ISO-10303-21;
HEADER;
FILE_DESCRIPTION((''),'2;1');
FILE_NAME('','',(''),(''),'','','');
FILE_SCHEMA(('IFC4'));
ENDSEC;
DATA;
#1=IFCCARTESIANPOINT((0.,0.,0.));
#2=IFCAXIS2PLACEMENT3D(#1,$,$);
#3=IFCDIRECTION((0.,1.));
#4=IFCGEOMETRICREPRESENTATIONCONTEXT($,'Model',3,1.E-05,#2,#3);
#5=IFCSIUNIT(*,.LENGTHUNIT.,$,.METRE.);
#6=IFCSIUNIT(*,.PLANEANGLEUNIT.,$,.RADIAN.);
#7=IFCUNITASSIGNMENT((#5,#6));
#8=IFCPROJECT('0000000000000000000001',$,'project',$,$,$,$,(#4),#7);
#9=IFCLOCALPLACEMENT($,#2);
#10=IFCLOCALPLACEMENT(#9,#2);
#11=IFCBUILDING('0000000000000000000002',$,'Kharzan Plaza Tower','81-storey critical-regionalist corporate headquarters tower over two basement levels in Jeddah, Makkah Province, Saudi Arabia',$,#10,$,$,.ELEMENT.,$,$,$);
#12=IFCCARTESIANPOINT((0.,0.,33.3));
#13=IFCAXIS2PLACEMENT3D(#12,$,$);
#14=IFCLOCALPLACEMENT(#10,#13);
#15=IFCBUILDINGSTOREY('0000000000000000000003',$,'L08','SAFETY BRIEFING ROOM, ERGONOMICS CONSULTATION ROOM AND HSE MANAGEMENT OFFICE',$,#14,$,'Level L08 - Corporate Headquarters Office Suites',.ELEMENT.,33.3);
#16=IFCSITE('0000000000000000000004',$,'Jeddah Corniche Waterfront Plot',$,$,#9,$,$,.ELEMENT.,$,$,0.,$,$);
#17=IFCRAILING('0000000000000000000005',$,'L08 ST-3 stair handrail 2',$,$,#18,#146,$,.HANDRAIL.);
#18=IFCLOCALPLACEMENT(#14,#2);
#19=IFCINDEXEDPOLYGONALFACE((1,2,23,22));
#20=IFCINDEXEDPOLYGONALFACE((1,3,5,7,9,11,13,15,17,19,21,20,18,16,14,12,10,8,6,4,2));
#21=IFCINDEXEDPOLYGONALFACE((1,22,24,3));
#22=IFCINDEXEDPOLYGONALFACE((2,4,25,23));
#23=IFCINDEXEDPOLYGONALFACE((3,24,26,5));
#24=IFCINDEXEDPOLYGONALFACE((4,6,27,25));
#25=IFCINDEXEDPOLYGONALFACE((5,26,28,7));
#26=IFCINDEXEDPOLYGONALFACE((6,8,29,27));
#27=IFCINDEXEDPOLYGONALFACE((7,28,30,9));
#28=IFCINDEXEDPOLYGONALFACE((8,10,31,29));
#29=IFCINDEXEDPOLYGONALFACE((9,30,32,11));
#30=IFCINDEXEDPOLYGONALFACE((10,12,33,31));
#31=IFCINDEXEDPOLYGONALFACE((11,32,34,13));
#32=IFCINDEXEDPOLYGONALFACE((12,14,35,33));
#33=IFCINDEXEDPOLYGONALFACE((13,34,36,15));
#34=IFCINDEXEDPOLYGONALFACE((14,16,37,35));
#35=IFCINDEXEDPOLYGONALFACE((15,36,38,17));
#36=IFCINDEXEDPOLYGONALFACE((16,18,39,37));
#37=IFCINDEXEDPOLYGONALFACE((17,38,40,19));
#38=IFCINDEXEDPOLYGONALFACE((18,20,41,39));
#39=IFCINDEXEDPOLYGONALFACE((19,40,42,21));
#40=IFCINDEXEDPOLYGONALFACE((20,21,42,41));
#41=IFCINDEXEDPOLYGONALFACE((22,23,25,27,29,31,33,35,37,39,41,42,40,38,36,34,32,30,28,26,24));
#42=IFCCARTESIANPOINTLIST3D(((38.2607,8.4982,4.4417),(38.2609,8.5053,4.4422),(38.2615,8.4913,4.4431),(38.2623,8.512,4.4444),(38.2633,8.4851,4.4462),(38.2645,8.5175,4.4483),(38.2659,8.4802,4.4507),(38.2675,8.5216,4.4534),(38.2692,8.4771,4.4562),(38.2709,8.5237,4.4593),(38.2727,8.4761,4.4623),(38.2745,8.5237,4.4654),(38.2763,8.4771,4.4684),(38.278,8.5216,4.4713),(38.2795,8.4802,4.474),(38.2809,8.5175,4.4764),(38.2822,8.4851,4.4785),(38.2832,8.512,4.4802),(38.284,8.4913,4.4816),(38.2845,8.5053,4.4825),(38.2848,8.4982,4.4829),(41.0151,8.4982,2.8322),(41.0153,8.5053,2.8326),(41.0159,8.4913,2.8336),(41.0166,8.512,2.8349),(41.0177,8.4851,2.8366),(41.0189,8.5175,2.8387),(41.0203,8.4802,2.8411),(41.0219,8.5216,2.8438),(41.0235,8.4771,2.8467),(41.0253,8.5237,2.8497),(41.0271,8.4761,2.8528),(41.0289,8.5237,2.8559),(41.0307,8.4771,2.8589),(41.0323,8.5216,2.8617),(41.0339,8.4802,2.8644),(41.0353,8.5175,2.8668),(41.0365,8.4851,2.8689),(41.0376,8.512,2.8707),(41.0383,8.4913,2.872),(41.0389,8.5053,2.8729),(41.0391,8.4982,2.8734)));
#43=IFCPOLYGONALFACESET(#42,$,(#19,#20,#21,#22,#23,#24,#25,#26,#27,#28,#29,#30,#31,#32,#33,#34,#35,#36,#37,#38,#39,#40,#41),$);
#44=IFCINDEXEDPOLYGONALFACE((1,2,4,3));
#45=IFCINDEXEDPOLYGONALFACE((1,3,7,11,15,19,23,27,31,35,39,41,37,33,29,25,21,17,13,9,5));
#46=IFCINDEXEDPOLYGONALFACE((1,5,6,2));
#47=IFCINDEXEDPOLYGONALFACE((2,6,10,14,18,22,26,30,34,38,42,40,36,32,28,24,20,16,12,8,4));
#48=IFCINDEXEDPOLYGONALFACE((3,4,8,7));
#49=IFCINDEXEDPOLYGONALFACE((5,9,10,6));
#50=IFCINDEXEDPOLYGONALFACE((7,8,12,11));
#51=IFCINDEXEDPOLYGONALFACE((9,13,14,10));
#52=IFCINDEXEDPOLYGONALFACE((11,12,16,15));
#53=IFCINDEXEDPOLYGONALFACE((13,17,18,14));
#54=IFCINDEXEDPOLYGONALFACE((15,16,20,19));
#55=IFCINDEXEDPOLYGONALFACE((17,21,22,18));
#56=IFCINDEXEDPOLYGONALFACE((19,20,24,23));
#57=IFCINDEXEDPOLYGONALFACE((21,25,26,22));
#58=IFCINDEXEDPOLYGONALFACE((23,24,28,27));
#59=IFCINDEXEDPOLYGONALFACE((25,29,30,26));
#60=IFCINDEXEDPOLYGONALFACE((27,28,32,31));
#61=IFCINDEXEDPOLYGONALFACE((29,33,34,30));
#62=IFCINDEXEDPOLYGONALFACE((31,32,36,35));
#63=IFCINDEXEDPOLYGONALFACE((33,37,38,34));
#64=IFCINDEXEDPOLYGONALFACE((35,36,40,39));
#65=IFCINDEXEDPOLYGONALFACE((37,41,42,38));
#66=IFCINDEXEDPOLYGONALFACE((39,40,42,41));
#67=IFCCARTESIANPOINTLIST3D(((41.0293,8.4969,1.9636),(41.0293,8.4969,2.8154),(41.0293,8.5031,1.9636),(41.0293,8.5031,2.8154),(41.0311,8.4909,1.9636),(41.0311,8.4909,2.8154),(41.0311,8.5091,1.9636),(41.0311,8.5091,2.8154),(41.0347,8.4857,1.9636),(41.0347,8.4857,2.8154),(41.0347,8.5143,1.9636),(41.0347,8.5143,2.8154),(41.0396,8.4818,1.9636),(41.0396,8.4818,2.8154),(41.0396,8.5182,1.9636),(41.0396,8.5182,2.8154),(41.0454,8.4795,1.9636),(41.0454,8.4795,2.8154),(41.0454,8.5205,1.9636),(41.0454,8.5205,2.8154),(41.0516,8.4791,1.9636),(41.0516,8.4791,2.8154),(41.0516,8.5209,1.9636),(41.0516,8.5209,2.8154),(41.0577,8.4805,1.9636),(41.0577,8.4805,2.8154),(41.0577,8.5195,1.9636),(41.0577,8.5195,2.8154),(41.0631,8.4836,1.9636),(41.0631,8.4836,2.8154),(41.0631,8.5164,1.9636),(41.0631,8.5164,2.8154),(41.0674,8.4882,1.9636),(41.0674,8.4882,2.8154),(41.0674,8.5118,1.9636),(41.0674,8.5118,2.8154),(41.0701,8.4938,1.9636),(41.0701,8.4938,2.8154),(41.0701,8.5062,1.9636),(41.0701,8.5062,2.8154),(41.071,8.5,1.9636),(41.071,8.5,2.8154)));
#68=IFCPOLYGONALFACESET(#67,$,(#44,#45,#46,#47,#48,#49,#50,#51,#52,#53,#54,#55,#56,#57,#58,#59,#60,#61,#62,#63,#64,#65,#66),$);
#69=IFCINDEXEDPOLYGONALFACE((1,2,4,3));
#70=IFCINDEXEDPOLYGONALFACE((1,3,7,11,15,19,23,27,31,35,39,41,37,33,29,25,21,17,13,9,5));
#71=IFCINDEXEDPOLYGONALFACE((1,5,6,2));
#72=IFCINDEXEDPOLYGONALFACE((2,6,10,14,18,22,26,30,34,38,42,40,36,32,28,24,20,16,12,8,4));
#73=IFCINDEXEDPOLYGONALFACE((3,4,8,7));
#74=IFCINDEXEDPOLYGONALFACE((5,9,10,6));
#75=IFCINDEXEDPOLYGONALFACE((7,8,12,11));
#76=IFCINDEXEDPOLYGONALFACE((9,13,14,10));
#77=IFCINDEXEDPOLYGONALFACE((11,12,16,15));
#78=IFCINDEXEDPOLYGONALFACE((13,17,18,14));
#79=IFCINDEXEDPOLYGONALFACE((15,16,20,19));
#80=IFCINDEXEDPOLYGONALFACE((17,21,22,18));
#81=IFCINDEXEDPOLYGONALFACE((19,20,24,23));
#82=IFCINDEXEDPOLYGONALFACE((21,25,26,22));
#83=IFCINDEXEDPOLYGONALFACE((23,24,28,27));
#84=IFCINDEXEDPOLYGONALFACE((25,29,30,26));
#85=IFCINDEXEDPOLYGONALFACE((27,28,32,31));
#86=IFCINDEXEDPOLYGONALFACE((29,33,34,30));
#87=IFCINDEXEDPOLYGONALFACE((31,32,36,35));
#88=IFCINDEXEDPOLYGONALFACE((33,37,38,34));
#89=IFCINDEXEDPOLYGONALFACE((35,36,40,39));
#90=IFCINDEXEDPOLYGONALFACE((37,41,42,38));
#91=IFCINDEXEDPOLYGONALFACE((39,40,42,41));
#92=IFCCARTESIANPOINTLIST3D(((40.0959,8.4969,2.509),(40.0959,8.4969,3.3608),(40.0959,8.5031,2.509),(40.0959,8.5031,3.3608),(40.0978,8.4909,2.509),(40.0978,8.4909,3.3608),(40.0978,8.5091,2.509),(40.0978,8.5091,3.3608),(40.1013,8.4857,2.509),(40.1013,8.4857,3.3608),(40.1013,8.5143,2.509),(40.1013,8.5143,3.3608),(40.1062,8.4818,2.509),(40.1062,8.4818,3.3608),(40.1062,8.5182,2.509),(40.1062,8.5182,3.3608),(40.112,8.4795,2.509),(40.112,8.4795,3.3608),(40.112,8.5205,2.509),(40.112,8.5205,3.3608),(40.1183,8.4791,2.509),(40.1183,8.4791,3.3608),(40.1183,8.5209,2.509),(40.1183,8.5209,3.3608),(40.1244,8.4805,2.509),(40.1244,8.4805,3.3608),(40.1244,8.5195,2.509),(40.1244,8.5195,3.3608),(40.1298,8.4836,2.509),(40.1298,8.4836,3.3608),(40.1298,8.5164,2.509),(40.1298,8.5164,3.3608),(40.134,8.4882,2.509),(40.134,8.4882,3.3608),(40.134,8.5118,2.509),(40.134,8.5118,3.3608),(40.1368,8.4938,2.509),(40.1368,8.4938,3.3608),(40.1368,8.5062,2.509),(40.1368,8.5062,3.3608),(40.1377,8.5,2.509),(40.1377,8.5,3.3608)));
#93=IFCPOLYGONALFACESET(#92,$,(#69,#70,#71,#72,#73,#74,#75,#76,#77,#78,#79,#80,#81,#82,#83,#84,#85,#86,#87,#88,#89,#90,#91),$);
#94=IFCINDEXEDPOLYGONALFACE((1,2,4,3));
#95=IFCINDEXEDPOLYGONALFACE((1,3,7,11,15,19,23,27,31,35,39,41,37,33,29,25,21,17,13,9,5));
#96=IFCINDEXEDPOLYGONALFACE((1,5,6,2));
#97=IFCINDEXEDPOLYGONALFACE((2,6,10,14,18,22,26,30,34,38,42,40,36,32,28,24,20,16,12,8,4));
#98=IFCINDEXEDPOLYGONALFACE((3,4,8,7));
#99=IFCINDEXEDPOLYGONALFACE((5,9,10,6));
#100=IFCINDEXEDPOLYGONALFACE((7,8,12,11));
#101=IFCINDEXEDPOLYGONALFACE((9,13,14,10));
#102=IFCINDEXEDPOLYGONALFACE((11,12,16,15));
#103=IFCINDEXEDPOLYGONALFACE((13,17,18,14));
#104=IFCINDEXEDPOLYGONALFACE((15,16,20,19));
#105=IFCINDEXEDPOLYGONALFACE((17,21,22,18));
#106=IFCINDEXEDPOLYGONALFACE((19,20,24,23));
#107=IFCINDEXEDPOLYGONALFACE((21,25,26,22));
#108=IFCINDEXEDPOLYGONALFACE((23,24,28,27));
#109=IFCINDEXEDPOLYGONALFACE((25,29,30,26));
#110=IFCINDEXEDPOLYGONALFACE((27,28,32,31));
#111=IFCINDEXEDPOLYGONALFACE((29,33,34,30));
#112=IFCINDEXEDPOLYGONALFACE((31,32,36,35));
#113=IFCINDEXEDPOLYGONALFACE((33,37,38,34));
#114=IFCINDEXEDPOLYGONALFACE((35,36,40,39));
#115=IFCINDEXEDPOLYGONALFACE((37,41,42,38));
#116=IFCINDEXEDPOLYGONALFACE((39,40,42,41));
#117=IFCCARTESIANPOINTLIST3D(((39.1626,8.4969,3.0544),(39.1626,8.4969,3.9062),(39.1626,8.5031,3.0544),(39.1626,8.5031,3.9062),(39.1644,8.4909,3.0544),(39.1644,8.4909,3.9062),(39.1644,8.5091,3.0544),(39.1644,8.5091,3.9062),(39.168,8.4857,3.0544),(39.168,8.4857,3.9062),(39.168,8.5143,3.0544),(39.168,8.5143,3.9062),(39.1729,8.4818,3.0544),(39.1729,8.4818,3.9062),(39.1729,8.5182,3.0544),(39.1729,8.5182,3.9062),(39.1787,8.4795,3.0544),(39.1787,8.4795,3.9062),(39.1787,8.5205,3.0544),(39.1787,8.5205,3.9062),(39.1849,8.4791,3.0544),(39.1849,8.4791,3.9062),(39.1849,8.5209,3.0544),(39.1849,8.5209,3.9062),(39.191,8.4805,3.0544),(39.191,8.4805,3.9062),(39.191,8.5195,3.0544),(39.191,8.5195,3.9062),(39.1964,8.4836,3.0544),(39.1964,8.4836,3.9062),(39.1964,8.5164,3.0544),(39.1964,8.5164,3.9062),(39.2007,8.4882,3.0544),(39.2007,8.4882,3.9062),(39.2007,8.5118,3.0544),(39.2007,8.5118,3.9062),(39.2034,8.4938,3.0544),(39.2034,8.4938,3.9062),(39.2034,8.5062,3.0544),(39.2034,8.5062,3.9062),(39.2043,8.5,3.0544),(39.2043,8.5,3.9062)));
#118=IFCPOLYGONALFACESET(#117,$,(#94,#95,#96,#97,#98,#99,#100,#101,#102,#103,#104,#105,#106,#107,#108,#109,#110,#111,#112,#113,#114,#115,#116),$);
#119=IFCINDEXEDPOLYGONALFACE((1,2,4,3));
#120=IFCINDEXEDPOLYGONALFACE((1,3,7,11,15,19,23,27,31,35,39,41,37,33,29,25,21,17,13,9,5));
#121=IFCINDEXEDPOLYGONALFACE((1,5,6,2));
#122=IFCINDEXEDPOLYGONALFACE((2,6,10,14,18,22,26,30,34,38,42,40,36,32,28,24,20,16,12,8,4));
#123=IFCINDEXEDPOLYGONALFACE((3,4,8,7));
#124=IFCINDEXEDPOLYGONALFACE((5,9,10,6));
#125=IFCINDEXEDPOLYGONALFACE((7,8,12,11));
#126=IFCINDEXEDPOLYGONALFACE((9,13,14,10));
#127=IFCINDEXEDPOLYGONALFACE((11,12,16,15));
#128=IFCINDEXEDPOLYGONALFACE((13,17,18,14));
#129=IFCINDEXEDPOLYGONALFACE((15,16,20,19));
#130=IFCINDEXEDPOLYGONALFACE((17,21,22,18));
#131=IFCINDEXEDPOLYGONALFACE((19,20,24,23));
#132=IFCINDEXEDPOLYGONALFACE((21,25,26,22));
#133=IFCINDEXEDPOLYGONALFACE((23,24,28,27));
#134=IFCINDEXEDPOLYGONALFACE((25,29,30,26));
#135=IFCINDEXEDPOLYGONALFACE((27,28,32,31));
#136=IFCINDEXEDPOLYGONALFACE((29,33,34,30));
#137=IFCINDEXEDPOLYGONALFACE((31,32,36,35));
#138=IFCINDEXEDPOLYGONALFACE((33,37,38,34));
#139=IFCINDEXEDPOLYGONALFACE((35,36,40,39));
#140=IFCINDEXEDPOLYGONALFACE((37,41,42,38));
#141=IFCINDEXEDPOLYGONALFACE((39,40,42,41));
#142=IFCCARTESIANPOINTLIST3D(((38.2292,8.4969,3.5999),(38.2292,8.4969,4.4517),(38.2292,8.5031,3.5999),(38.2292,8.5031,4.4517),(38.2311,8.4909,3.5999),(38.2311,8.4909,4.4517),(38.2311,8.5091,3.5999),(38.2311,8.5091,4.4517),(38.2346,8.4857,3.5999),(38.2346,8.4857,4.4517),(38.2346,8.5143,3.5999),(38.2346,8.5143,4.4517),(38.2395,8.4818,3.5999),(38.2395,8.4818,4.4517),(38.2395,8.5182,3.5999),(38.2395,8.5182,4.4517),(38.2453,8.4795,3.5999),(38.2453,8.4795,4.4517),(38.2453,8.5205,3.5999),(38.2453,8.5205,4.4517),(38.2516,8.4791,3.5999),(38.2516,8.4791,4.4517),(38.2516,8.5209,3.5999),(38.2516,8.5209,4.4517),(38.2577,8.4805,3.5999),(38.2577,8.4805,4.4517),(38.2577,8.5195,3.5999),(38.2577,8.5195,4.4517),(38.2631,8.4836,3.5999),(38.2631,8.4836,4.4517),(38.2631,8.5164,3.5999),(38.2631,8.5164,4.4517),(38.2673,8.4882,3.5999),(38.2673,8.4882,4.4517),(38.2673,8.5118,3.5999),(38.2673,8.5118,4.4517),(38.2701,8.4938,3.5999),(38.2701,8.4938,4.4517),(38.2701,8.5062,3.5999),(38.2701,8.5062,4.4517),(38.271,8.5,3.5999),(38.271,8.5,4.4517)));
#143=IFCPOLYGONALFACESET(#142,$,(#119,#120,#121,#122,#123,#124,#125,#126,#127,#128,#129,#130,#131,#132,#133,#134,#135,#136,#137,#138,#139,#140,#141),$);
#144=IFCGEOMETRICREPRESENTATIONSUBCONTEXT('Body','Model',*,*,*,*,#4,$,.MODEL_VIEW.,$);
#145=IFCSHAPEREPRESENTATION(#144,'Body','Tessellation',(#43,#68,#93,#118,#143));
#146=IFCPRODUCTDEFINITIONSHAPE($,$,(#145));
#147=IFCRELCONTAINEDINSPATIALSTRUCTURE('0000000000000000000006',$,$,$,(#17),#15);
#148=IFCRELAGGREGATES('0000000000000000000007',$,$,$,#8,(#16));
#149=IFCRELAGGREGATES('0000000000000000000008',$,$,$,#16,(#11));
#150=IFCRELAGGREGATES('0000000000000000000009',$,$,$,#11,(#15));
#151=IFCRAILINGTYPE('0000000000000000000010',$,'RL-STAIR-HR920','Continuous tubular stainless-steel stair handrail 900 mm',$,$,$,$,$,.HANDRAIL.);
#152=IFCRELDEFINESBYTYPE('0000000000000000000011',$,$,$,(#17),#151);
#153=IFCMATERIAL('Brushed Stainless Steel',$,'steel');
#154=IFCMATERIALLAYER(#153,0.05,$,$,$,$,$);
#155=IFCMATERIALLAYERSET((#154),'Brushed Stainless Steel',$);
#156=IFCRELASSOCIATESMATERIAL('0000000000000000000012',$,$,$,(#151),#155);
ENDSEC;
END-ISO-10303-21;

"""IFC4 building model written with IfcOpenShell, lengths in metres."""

from ifc_helpers import new_model, si_unit, direction, frame, origin, origin_2d, place, context, subcontext, project, spatial, circle, extrude, source, transform, mapped, material, layer, layer_set, type_object, element, save


model = new_model("IFC4")

# Units and contexts
model_context = context("Model", 3, precision=1e-05, world=origin(), true_north=direction((0.0, 1.0)))
body_context = subcontext(model_context, "Body", "Model", "MODEL_VIEW")
ifc_project = project(units=[si_unit("LENGTHUNIT", "METRE"), si_unit("PLANEANGLEUNIT", "RADIAN")], contexts=[model_context])

# Site, building, storey
site_placement = place(None, origin())
site = spatial("IfcSite", under=ifc_project, at=site_placement, Name="Jeddah Corniche Waterfront Plot", CompositionType="ELEMENT", RefElevation=0.0)
building_placement = place(site_placement, origin())
building = spatial("IfcBuilding", under=site, at=building_placement, Name="Kharzan Plaza Tower", Description="81-storey critical-regionalist corporate headquarters tower over two basement levels in Jeddah, Makkah Province, Saudi Arabia", CompositionType="ELEMENT")
storey_placement = place(building_placement, frame((0.0, 0.0, 33.3)))
storey = spatial("IfcBuildingStorey", under=building, at=storey_placement, Name="L08", Description="SAFETY BRIEFING ROOM, ERGONOMICS CONSULTATION ROOM AND HSE MANAGEMENT OFFICE", LongName="Level L08 - Corporate Headquarters Office Suites", CompositionType="ELEMENT", Elevation=33.3)

# Shared definitions
ifc_material_1 = material(Name="Brushed Stainless Steel", Category="steel")

# Railing
ifc_layer_1 = layer(ifc_material_1, 0.05)
ifc_layer_set_1 = layer_set([ifc_layer_1], Name="Brushed Stainless Steel")
railing_type_1 = type_object("IfcRailingType", Name="RL-STAIR-HR920", Description="Continuous tubular stainless-steel stair handrail 900 mm", PredefinedType="HANDRAIL", material=ifc_layer_set_1)
shared_shape_1 = source(origin(), body_context, "Body", "SweptSolid", [
    extrude(circle(Radius=0.0239, at=origin_2d()), frame((-0.0229, 0.0, 0.8892), z_axis=(-0.863394, 0.0, 0.504531), x_axis=(0.0, -1.0, 0.0)), (0.0, 0.0, 1.0), 3.1902),
    extrude(circle(Radius=0.021, at=origin_2d()), origin(), (0.0, 0.0, 1.0), 0.8518),
    extrude(circle(Radius=0.021, at=origin_2d()), frame((-0.9333, 0.0, 0.5454)), (0.0, 0.0, 1.0), 0.8518),
    extrude(circle(Radius=0.021, at=origin_2d()), frame((-1.8667, 0.0, 1.0908)), (0.0, 0.0, 1.0), 0.8518),
    extrude(circle(Radius=0.021, at=origin_2d()), frame((-2.8, 0.0, 1.6362)), (0.0, 0.0, 1.0), 0.8518),
])
railing_1_placement = place(storey_placement, frame((41.05, 8.5, 1.9636)))
element("IfcRailing", 1, at=railing_1_placement, inside=storey, type_object=railing_type_1, Name="L08 ST-3 stair handrail 2", PredefinedType="HANDRAIL", context=body_context, shape_type="MappedRepresentation", body=[
    mapped(shared_shape_1, transform((0.0, 0.0, 0.0), x_axis=(1.0, 0.0, 0.0), y_axis=(0.0, 1.0, 0.0), z_axis=(0.0, 0.0, 1.0))),
])

save(model, "model.ifc")
